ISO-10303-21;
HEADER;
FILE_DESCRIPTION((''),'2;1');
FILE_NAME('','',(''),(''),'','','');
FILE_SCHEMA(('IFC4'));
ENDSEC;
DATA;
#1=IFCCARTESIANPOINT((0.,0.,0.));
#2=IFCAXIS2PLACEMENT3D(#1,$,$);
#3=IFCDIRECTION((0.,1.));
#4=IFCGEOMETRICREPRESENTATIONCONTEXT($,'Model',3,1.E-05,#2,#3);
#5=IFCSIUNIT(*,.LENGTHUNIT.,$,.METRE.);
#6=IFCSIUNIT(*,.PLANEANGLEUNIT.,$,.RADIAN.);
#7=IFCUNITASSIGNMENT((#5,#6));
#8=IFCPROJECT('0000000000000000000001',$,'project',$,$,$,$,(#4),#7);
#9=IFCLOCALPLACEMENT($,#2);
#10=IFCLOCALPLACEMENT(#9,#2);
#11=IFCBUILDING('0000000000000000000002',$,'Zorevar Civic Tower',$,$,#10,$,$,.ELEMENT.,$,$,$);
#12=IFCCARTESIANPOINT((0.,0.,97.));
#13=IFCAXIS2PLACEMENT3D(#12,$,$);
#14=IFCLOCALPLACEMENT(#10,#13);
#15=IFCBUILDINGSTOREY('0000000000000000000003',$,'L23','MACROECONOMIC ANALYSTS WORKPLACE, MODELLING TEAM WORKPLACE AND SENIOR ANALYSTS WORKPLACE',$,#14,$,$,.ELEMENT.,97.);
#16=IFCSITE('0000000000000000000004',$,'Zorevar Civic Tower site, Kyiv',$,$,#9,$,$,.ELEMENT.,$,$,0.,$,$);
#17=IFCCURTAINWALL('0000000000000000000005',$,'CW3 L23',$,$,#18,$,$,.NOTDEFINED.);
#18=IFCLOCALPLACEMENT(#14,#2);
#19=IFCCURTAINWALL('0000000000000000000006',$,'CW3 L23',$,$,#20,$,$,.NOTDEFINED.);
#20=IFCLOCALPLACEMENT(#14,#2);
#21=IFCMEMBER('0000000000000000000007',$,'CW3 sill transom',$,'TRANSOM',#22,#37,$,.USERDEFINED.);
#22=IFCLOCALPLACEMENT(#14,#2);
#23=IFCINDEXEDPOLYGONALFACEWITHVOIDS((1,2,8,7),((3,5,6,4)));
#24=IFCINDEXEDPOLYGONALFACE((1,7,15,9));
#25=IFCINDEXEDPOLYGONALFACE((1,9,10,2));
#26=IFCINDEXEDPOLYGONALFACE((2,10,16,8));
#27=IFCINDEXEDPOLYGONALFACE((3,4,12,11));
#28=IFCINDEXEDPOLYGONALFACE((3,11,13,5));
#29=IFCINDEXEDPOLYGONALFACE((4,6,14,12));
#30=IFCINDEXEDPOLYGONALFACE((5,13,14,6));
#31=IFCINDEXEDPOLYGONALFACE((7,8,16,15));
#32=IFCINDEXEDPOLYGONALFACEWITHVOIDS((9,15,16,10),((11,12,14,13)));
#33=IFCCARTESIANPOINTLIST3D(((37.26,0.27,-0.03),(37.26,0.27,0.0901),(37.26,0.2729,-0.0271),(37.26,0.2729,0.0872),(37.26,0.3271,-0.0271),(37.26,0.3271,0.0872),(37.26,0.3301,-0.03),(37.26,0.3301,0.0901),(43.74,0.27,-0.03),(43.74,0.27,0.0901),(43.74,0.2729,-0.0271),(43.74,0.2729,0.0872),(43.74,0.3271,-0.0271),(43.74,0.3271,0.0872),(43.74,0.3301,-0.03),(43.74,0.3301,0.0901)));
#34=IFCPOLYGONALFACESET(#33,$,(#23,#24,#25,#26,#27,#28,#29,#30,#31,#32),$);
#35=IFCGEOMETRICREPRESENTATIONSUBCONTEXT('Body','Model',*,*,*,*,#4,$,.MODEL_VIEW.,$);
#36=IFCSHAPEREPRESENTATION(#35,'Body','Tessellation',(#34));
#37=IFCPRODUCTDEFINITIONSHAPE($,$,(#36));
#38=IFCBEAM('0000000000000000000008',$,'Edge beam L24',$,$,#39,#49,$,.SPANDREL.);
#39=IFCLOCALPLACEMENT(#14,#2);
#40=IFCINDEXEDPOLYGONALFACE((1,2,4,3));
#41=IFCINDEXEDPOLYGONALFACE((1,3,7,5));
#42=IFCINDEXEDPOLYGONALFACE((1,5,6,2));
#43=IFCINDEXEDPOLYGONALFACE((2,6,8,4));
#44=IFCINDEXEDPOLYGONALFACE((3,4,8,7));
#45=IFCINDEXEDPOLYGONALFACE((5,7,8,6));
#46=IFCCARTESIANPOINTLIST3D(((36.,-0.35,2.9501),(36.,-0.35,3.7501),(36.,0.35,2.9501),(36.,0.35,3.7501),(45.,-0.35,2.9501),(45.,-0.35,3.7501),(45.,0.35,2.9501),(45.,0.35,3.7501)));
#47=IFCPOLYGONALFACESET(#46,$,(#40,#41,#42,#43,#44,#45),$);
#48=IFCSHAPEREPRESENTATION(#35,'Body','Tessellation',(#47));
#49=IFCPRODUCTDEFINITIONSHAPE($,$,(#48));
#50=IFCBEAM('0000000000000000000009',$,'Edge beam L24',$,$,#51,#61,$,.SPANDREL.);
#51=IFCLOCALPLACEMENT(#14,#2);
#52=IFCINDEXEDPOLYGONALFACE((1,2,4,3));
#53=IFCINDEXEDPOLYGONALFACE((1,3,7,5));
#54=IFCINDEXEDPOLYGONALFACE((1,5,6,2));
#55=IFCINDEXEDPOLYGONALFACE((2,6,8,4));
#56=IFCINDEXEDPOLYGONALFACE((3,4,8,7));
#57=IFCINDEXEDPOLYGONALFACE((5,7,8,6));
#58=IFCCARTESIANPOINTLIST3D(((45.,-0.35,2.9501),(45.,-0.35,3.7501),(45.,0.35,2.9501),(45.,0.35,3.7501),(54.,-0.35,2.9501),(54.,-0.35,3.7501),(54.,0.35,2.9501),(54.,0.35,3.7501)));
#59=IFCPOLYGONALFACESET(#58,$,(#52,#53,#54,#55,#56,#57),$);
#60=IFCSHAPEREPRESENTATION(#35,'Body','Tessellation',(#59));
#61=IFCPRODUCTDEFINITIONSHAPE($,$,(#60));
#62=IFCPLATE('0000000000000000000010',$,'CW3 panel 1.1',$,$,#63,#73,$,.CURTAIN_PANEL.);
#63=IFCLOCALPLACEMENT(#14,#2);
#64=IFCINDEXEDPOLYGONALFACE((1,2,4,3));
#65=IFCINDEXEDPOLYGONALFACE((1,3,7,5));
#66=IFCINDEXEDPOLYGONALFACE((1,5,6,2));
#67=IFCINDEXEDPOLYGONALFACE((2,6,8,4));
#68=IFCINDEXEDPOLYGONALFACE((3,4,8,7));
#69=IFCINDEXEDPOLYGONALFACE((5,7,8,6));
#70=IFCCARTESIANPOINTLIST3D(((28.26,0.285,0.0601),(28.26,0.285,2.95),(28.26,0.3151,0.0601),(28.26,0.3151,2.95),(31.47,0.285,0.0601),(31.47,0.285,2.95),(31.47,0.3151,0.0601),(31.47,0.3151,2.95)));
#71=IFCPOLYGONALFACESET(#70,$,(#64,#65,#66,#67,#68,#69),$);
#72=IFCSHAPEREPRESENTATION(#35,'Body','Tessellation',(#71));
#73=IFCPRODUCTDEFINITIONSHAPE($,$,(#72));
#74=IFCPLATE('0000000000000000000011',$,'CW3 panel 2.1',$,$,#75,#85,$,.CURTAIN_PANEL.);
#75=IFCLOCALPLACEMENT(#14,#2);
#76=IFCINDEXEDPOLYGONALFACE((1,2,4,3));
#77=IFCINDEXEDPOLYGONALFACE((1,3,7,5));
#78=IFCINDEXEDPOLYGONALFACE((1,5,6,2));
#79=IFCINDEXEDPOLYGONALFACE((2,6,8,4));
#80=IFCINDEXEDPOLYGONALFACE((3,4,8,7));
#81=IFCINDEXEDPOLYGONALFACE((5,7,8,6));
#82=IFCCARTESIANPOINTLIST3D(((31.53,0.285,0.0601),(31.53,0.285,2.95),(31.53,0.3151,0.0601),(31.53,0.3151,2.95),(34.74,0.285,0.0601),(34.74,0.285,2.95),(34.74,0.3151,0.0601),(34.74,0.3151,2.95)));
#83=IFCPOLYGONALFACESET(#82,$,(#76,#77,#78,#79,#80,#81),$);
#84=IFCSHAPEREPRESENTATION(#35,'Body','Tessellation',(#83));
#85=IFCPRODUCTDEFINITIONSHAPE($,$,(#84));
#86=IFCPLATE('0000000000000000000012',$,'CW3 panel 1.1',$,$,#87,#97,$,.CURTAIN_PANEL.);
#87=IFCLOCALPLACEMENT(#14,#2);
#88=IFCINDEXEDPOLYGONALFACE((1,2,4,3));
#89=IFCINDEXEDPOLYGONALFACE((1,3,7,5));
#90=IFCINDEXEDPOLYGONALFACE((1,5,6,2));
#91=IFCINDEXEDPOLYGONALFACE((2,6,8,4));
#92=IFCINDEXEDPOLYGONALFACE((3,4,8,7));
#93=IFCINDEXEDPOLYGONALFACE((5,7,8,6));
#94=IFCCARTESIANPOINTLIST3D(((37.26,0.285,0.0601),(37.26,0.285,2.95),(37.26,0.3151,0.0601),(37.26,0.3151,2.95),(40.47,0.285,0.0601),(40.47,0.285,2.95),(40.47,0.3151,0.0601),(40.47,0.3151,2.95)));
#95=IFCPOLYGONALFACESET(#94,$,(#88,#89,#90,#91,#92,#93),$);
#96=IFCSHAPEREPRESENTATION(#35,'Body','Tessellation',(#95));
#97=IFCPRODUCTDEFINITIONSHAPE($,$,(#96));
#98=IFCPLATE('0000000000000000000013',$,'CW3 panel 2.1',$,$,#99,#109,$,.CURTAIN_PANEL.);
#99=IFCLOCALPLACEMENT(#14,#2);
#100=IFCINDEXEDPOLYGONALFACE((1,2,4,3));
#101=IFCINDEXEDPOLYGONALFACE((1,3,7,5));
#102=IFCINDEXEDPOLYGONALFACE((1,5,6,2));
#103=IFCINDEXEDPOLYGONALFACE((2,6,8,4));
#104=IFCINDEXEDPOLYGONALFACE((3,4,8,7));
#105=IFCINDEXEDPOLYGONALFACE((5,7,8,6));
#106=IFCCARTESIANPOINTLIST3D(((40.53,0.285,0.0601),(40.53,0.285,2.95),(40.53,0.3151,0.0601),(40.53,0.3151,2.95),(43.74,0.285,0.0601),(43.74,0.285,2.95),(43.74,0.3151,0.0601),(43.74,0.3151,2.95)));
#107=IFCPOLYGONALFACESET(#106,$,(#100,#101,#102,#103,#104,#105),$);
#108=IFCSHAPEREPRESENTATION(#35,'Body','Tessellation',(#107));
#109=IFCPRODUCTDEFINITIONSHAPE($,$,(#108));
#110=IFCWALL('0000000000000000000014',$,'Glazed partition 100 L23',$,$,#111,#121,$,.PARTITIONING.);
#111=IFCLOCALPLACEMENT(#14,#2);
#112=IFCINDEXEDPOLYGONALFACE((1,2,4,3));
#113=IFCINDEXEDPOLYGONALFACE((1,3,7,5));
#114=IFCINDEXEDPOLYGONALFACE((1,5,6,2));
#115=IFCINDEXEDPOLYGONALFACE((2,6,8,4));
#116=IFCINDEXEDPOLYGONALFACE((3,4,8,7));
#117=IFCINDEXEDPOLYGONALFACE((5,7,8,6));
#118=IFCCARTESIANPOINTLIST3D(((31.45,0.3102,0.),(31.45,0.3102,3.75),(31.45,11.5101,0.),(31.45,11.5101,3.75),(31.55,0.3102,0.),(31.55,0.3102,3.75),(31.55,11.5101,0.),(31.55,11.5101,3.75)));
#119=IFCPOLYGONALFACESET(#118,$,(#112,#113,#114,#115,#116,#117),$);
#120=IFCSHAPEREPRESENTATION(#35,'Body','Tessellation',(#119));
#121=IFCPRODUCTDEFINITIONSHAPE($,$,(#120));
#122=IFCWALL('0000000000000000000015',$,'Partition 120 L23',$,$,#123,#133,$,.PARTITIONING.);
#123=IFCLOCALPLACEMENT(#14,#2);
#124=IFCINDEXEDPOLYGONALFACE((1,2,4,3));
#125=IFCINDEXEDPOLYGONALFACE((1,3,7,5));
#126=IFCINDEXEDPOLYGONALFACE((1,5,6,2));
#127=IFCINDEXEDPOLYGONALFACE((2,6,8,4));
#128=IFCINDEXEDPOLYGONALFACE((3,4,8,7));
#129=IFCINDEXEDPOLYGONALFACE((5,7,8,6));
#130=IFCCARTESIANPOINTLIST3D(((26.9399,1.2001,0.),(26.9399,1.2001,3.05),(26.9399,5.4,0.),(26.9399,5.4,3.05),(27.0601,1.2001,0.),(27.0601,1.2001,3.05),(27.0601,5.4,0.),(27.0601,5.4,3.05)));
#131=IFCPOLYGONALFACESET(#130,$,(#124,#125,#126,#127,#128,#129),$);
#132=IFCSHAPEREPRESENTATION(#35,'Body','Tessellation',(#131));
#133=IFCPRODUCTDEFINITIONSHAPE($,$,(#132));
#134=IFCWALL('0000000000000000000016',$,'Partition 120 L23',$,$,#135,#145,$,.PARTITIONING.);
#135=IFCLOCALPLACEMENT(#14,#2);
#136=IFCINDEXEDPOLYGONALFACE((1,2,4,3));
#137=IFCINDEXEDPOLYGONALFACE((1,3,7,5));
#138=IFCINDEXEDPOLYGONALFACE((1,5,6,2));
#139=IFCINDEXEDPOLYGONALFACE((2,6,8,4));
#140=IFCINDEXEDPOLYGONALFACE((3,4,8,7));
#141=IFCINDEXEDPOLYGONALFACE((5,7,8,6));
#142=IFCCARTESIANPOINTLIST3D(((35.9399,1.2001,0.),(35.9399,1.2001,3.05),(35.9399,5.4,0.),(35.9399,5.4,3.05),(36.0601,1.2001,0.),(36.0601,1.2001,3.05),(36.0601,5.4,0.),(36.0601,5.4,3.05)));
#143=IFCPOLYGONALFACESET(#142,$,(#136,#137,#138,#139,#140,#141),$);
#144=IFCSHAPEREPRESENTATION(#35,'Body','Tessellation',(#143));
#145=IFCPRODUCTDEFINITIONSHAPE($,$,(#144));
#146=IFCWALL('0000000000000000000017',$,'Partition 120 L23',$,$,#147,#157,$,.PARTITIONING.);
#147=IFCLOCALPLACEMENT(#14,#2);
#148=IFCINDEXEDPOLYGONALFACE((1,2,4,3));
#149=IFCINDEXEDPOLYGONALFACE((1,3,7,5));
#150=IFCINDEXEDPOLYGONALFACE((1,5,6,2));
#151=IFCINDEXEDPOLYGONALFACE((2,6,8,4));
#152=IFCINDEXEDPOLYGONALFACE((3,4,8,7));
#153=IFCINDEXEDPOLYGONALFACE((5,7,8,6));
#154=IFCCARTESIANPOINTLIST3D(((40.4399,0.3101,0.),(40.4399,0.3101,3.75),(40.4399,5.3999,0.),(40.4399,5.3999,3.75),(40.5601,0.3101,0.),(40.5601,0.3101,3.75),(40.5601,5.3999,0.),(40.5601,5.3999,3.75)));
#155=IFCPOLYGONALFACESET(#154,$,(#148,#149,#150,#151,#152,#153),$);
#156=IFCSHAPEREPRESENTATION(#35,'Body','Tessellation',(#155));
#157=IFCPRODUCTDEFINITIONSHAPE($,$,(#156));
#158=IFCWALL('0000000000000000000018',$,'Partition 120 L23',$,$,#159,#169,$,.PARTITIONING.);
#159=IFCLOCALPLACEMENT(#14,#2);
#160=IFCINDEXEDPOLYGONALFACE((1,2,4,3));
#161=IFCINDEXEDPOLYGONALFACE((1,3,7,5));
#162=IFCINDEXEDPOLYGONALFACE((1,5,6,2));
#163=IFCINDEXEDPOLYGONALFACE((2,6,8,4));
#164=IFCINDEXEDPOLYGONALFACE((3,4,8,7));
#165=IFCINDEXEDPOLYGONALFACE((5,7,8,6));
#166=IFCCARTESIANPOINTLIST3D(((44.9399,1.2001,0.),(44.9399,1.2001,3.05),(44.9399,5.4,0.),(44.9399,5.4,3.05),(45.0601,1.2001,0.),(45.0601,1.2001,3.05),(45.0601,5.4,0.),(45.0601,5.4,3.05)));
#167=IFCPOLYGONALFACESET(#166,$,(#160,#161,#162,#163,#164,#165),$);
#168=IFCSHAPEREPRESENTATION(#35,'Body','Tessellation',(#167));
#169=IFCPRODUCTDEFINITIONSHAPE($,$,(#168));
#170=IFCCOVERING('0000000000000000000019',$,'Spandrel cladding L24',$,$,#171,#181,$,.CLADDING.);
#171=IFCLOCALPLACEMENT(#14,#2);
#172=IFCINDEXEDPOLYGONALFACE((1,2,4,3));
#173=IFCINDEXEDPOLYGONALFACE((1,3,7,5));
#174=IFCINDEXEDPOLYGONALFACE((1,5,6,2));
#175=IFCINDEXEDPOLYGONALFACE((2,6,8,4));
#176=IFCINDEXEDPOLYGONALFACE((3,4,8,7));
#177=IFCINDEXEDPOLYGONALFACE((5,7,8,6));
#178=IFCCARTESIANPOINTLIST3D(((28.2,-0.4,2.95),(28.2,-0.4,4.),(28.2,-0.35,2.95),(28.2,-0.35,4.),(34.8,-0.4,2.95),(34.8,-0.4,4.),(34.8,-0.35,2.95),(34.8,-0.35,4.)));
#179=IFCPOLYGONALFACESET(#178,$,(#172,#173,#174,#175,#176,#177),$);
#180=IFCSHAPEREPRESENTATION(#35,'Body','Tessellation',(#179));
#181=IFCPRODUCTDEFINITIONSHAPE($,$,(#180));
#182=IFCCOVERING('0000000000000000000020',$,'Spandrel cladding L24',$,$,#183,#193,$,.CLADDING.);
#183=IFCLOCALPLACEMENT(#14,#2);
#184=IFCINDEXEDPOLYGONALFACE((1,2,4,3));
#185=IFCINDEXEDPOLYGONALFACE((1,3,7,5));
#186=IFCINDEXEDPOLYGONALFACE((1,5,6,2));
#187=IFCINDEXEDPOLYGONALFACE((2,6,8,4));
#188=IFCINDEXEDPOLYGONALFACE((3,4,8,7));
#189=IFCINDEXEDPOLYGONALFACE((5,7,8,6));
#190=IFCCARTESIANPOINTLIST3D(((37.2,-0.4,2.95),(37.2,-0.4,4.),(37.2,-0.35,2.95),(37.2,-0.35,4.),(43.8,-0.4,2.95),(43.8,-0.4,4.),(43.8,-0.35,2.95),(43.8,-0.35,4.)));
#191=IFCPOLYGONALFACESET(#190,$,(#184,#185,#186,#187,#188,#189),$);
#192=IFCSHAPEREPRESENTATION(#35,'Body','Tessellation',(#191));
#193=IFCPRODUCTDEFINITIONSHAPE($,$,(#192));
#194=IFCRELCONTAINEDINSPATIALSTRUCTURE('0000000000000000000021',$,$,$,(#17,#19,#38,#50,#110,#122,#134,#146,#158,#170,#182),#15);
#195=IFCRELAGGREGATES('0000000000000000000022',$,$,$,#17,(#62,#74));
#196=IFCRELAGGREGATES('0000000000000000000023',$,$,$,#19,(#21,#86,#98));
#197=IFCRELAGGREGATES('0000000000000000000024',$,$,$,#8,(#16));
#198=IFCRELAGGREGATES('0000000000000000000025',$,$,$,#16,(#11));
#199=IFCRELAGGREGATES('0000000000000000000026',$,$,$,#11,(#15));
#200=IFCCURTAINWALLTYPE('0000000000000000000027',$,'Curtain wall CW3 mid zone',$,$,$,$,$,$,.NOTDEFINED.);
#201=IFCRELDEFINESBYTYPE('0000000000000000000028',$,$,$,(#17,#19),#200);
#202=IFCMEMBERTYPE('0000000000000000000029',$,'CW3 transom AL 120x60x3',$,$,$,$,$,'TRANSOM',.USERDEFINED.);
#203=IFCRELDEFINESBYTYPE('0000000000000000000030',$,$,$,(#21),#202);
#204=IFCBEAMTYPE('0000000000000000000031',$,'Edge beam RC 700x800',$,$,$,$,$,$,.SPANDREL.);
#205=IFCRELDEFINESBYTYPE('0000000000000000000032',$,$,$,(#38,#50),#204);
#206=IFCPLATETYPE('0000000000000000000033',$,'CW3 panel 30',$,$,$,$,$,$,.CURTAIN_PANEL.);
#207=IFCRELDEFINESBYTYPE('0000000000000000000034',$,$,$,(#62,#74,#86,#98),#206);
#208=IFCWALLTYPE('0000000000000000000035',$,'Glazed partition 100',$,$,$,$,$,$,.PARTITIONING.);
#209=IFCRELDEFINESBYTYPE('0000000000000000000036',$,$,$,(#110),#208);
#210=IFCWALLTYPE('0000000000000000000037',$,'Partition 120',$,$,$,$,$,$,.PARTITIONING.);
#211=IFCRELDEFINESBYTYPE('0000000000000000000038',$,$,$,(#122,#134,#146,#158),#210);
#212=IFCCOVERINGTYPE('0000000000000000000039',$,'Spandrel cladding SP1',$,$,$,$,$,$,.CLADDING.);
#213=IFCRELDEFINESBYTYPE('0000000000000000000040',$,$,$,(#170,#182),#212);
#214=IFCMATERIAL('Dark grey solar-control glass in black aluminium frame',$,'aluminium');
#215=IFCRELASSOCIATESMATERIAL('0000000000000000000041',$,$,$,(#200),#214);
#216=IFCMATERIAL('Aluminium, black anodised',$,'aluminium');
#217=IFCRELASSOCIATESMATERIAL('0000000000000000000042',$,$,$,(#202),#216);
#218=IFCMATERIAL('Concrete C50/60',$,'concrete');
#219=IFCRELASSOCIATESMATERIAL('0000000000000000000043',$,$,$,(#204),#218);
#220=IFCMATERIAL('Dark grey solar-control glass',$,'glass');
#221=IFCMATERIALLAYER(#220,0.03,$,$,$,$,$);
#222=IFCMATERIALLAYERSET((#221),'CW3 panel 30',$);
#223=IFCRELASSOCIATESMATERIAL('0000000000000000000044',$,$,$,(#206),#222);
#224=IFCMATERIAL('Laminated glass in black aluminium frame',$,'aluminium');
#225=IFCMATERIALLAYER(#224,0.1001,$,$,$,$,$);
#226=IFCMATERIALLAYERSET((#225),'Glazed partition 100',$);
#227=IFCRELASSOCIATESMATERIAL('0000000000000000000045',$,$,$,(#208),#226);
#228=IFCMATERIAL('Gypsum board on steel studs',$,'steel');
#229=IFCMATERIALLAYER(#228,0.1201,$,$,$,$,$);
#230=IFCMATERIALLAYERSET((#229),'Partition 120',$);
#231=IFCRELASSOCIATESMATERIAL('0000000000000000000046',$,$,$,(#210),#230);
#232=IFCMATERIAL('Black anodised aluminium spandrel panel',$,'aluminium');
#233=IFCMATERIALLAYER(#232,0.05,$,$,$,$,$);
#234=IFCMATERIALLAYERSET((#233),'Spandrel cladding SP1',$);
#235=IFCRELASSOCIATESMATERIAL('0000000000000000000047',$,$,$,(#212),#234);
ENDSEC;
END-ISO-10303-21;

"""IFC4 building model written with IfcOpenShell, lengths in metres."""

from ifc_helpers import new_model, si_unit, direction, frame, frame_2d, origin, origin_2d, place, context, subcontext, project, spatial, rectangle, hollow_rectangle, extrude, material, layer, layer_set, material_profile, profile_set, type_object, element, aggregate, save


model = new_model("IFC4")

# Units and contexts
model_context = context("Model", 3, precision=1e-05, world=origin(), true_north=direction((0.0, 1.0)))
body_context = subcontext(model_context, "Body", "Model", "MODEL_VIEW")
ifc_project = project(units=[si_unit("LENGTHUNIT", "METRE"), si_unit("PLANEANGLEUNIT", "RADIAN")], contexts=[model_context])

# Site, building, storey
site_placement = place(None, origin())
site = spatial("IfcSite", under=ifc_project, at=site_placement, Name="Zorevar Civic Tower site, Kyiv", CompositionType="ELEMENT", RefElevation=0.0)
building_placement = place(site_placement, origin())
building = spatial("IfcBuilding", under=site, at=building_placement, Name="Zorevar Civic Tower", CompositionType="ELEMENT")
storey_placement = place(building_placement, frame((0.0, 0.0, 97.0)))
storey = spatial("IfcBuildingStorey", under=building, at=storey_placement, Name="L23", Description="MACROECONOMIC ANALYSTS WORKPLACE, MODELLING TEAM WORKPLACE AND SENIOR ANALYSTS WORKPLACE", CompositionType="ELEMENT", Elevation=97.0)

# Curtain walls
ifc_material_1 = material(Name="Dark grey solar-control glass in black aluminium frame", Category="aluminium")
curtain_wall_type = type_object("IfcCurtainWallType", Name="Curtain wall CW3 mid zone", PredefinedType="NOTDEFINED", material=ifc_material_1)
curtain_wall_1_placement = place(storey_placement, origin())
curtain_wall_1 = element("IfcCurtainWall", 1, at=curtain_wall_1_placement, inside=storey, type_object=curtain_wall_type, Name="CW3 L23", PredefinedType="NOTDEFINED")
curtain_wall_2_placement = place(storey_placement, origin())
curtain_wall_2 = element("IfcCurtainWall", 2, at=curtain_wall_2_placement, inside=storey, type_object=curtain_wall_type, Name="CW3 L23", PredefinedType="NOTDEFINED")

# Member
ifc_material_2 = material(Name="Aluminium, black anodised", Category="aluminium")
ifc_material_profile_1 = material_profile(ifc_material_2, hollow_rectangle(XDim=0.0601, YDim=0.1201, WallThickness=0.0029, at=origin_2d()), Name="AL 120x60x3")
ifc_profile_set_1 = profile_set([ifc_material_profile_1], Name="Aluminium, black anodised")
member_type_1 = type_object("IfcMemberType", Name="CW3 transom AL 120x60x3", ElementType="TRANSOM", PredefinedType="USERDEFINED", material=ifc_profile_set_1)
member_1_placement = place(storey_placement, frame((37.26, 0.3, 0.03), z_axis=(1.0, 0.0, 0.0), x_axis=(0.0, 1.0, 0.0)))
member_1 = element("IfcMember", 3, at=member_1_placement, type_object=member_type_1, Name="CW3 sill transom", ObjectType="TRANSOM", PredefinedType="USERDEFINED", context=body_context, shape_type="SweptSolid", body=[
    extrude(hollow_rectangle(XDim=0.0601, YDim=0.1201, WallThickness=0.0029, at=origin_2d()), origin(), (0.0, 0.0, 1.0), 6.48),
])

# Beams
ifc_material_3 = material(Name="Concrete C50/60", Category="concrete")
ifc_material_profile_2 = material_profile(ifc_material_3, rectangle(XDim=0.7, YDim=0.8, at=origin_2d()), Name="RC 700x800")
ifc_profile_set_2 = profile_set([ifc_material_profile_2], Name="Concrete C50/60")
beam_type_1 = type_object("IfcBeamType", Name="Edge beam RC 700x800", PredefinedType="SPANDREL", material=ifc_profile_set_2)
for number, where, z_axis, x_axis, name in (
    (4, (36.0, 0.0, 3.3501), (1.0, 0.0, 0.0), (0.0, 1.0, 0.0), "Edge beam L24"),
    (5, (45.0, 0.0, 3.3501), (1.0, 0.0, 0.0), (0.0, 1.0, 0.0), "Edge beam L24"),
):
    element("IfcBeam", number, at=place(storey_placement, frame(where, z_axis=z_axis, x_axis=x_axis)), inside=storey, type_object=beam_type_1, Name=name, PredefinedType="SPANDREL", context=body_context, shape_type="SweptSolid", body=[
        extrude(rectangle(XDim=0.7, YDim=0.8, at=origin_2d()), origin(), (0.0, 0.0, 1.0), 9.0),
    ])

# Plates
ifc_material_4 = material(Name="Dark grey solar-control glass", Category="glass")
ifc_layer_1 = layer(ifc_material_4, 0.03)
ifc_layer_set_1 = layer_set([ifc_layer_1], Name="CW3 panel 30")
plate_type = type_object("IfcPlateType", Name="CW3 panel 30", PredefinedType="CURTAIN_PANEL", material=ifc_layer_set_1)
plate_1_placement = place(storey_placement, frame((29.865, 0.3, 0.0601), z_axis=(0.0, 0.0, 1.0), x_axis=(1.0, 0.0, 0.0)))
plate_1 = element("IfcPlate", 6, at=plate_1_placement, type_object=plate_type, Name="CW3 panel 1.1", PredefinedType="CURTAIN_PANEL", context=body_context, shape_type="SweptSolid", body=[
    extrude(rectangle(XDim=3.21, YDim=0.03, at=origin_2d()), origin(), (0.0, 0.0, 1.0), 2.8899),
])
plate_2_placement = place(storey_placement, frame((33.135, 0.3, 0.0601), z_axis=(0.0, 0.0, 1.0), x_axis=(1.0, 0.0, 0.0)))
plate_2 = element("IfcPlate", 7, at=plate_2_placement, type_object=plate_type, Name="CW3 panel 2.1", PredefinedType="CURTAIN_PANEL", context=body_context, shape_type="SweptSolid", body=[
    extrude(rectangle(XDim=3.21, YDim=0.03, at=origin_2d()), origin(), (0.0, 0.0, 1.0), 2.8899),
])
aggregate(curtain_wall_1, [plate_1, plate_2])
plate_3_placement = place(storey_placement, frame((38.865, 0.3, 0.0601), z_axis=(0.0, 0.0, 1.0), x_axis=(1.0, 0.0, 0.0)))
plate_3 = element("IfcPlate", 8, at=plate_3_placement, type_object=plate_type, Name="CW3 panel 1.1", PredefinedType="CURTAIN_PANEL", context=body_context, shape_type="SweptSolid", body=[
    extrude(rectangle(XDim=3.21, YDim=0.03, at=origin_2d()), origin(), (0.0, 0.0, 1.0), 2.8899),
])
plate_4_placement = place(storey_placement, frame((42.135, 0.3, 0.0601), z_axis=(0.0, 0.0, 1.0), x_axis=(1.0, 0.0, 0.0)))
plate_4 = element("IfcPlate", 9, at=plate_4_placement, type_object=plate_type, Name="CW3 panel 2.1", PredefinedType="CURTAIN_PANEL", context=body_context, shape_type="SweptSolid", body=[
    extrude(rectangle(XDim=3.21, YDim=0.03, at=origin_2d()), origin(), (0.0, 0.0, 1.0), 2.8899),
])
aggregate(curtain_wall_2, [member_1, plate_3, plate_4])

# Walls
ifc_material_5 = material(Name="Laminated glass in black aluminium frame", Category="aluminium")
ifc_layer_2 = layer(ifc_material_5, 0.1001)
ifc_layer_set_2 = layer_set([ifc_layer_2], Name="Glazed partition 100")
wall_type_1 = type_object("IfcWallType", Name="Glazed partition 100", PredefinedType="PARTITIONING", material=ifc_layer_set_2)
wall_1_placement = place(storey_placement, frame((31.5, 0.3101, 0.0), z_axis=(0.0, 0.0, 1.0), x_axis=(0.0, 1.0, 0.0)))
element("IfcWall", 10, at=wall_1_placement, inside=storey, type_object=wall_type_1, Name="Glazed partition 100 L23", PredefinedType="PARTITIONING", context=body_context, shape_type="SweptSolid", body=[
    extrude(rectangle(XDim=11.2, YDim=0.1001, at=frame_2d((5.6001, 0.0))), origin(), (0.0, 0.0, 1.0), 3.75),
])
ifc_material_6 = material(Name="Gypsum board on steel studs", Category="steel")
ifc_layer_3 = layer(ifc_material_6, 0.1201)
ifc_layer_set_3 = layer_set([ifc_layer_3], Name="Partition 120")
wall_type_2 = type_object("IfcWallType", Name="Partition 120", PredefinedType="PARTITIONING", material=ifc_layer_set_3)
for number, where, z_axis, x_axis, name in (
    (11, (27.0, 1.2, 0.0), (0.0, 0.0, 1.0), (0.0, 1.0, 0.0), "Partition 120 L23"),
    (12, (36.0, 1.2, 0.0), (0.0, 0.0, 1.0), (0.0, 1.0, 0.0), "Partition 120 L23"),
):
    element("IfcWall", number, at=place(storey_placement, frame(where, z_axis=z_axis, x_axis=x_axis)), inside=storey, type_object=wall_type_2, Name=name, PredefinedType="PARTITIONING", context=body_context, shape_type="SweptSolid", body=[
        extrude(rectangle(XDim=4.2, YDim=0.1201, at=frame_2d((2.1001, 0.0))), origin(), (0.0, 0.0, 1.0), 3.05),
    ])
wall_2_placement = place(storey_placement, frame((40.5, 0.3101, 0.0), z_axis=(0.0, 0.0, 1.0), x_axis=(0.0, 1.0, 0.0)))
element("IfcWall", 13, at=wall_2_placement, inside=storey, type_object=wall_type_2, Name="Partition 120 L23", PredefinedType="PARTITIONING", context=body_context, shape_type="SweptSolid", body=[
    extrude(rectangle(XDim=5.0898, YDim=0.1201, at=frame_2d((2.5449, 0.0))), origin(), (0.0, 0.0, 1.0), 3.75),
])
wall_3_placement = place(storey_placement, frame((45.0, 1.2, 0.0), z_axis=(0.0, 0.0, 1.0), x_axis=(0.0, 1.0, 0.0)))
element("IfcWall", 14, at=wall_3_placement, inside=storey, type_object=wall_type_2, Name="Partition 120 L23", PredefinedType="PARTITIONING", context=body_context, shape_type="SweptSolid", body=[
    extrude(rectangle(XDim=4.2, YDim=0.1201, at=frame_2d((2.1001, 0.0))), origin(), (0.0, 0.0, 1.0), 3.05),
])

# Coverings
ifc_material_7 = material(Name="Black anodised aluminium spandrel panel", Category="aluminium")
ifc_layer_4 = layer(ifc_material_7, 0.05)
ifc_layer_set_4 = layer_set([ifc_layer_4], Name="Spandrel cladding SP1")
covering_type = type_object("IfcCoveringType", Name="Spandrel cladding SP1", PredefinedType="CLADDING", material=ifc_layer_set_4)
for number, where, z_axis, x_axis, name in (
    (15, (28.2, -0.375, 2.95), (0.0, 0.0, 1.0), (1.0, 0.0, 0.0), "Spandrel cladding L24"),
    (16, (37.2, -0.375, 2.95), (0.0, 0.0, 1.0), (1.0, 0.0, 0.0), "Spandrel cladding L24"),
):
    element("IfcCovering", number, at=place(storey_placement, frame(where, z_axis=z_axis, x_axis=x_axis)), inside=storey, type_object=covering_type, Name=name, PredefinedType="CLADDING", context=body_context, shape_type="SweptSolid", body=[
        extrude(rectangle(XDim=6.6001, YDim=0.05, at=frame_2d((3.3, 0.0))), origin(), (0.0, 0.0, 1.0), 1.05),
    ])

save(model, "model.ifc")
